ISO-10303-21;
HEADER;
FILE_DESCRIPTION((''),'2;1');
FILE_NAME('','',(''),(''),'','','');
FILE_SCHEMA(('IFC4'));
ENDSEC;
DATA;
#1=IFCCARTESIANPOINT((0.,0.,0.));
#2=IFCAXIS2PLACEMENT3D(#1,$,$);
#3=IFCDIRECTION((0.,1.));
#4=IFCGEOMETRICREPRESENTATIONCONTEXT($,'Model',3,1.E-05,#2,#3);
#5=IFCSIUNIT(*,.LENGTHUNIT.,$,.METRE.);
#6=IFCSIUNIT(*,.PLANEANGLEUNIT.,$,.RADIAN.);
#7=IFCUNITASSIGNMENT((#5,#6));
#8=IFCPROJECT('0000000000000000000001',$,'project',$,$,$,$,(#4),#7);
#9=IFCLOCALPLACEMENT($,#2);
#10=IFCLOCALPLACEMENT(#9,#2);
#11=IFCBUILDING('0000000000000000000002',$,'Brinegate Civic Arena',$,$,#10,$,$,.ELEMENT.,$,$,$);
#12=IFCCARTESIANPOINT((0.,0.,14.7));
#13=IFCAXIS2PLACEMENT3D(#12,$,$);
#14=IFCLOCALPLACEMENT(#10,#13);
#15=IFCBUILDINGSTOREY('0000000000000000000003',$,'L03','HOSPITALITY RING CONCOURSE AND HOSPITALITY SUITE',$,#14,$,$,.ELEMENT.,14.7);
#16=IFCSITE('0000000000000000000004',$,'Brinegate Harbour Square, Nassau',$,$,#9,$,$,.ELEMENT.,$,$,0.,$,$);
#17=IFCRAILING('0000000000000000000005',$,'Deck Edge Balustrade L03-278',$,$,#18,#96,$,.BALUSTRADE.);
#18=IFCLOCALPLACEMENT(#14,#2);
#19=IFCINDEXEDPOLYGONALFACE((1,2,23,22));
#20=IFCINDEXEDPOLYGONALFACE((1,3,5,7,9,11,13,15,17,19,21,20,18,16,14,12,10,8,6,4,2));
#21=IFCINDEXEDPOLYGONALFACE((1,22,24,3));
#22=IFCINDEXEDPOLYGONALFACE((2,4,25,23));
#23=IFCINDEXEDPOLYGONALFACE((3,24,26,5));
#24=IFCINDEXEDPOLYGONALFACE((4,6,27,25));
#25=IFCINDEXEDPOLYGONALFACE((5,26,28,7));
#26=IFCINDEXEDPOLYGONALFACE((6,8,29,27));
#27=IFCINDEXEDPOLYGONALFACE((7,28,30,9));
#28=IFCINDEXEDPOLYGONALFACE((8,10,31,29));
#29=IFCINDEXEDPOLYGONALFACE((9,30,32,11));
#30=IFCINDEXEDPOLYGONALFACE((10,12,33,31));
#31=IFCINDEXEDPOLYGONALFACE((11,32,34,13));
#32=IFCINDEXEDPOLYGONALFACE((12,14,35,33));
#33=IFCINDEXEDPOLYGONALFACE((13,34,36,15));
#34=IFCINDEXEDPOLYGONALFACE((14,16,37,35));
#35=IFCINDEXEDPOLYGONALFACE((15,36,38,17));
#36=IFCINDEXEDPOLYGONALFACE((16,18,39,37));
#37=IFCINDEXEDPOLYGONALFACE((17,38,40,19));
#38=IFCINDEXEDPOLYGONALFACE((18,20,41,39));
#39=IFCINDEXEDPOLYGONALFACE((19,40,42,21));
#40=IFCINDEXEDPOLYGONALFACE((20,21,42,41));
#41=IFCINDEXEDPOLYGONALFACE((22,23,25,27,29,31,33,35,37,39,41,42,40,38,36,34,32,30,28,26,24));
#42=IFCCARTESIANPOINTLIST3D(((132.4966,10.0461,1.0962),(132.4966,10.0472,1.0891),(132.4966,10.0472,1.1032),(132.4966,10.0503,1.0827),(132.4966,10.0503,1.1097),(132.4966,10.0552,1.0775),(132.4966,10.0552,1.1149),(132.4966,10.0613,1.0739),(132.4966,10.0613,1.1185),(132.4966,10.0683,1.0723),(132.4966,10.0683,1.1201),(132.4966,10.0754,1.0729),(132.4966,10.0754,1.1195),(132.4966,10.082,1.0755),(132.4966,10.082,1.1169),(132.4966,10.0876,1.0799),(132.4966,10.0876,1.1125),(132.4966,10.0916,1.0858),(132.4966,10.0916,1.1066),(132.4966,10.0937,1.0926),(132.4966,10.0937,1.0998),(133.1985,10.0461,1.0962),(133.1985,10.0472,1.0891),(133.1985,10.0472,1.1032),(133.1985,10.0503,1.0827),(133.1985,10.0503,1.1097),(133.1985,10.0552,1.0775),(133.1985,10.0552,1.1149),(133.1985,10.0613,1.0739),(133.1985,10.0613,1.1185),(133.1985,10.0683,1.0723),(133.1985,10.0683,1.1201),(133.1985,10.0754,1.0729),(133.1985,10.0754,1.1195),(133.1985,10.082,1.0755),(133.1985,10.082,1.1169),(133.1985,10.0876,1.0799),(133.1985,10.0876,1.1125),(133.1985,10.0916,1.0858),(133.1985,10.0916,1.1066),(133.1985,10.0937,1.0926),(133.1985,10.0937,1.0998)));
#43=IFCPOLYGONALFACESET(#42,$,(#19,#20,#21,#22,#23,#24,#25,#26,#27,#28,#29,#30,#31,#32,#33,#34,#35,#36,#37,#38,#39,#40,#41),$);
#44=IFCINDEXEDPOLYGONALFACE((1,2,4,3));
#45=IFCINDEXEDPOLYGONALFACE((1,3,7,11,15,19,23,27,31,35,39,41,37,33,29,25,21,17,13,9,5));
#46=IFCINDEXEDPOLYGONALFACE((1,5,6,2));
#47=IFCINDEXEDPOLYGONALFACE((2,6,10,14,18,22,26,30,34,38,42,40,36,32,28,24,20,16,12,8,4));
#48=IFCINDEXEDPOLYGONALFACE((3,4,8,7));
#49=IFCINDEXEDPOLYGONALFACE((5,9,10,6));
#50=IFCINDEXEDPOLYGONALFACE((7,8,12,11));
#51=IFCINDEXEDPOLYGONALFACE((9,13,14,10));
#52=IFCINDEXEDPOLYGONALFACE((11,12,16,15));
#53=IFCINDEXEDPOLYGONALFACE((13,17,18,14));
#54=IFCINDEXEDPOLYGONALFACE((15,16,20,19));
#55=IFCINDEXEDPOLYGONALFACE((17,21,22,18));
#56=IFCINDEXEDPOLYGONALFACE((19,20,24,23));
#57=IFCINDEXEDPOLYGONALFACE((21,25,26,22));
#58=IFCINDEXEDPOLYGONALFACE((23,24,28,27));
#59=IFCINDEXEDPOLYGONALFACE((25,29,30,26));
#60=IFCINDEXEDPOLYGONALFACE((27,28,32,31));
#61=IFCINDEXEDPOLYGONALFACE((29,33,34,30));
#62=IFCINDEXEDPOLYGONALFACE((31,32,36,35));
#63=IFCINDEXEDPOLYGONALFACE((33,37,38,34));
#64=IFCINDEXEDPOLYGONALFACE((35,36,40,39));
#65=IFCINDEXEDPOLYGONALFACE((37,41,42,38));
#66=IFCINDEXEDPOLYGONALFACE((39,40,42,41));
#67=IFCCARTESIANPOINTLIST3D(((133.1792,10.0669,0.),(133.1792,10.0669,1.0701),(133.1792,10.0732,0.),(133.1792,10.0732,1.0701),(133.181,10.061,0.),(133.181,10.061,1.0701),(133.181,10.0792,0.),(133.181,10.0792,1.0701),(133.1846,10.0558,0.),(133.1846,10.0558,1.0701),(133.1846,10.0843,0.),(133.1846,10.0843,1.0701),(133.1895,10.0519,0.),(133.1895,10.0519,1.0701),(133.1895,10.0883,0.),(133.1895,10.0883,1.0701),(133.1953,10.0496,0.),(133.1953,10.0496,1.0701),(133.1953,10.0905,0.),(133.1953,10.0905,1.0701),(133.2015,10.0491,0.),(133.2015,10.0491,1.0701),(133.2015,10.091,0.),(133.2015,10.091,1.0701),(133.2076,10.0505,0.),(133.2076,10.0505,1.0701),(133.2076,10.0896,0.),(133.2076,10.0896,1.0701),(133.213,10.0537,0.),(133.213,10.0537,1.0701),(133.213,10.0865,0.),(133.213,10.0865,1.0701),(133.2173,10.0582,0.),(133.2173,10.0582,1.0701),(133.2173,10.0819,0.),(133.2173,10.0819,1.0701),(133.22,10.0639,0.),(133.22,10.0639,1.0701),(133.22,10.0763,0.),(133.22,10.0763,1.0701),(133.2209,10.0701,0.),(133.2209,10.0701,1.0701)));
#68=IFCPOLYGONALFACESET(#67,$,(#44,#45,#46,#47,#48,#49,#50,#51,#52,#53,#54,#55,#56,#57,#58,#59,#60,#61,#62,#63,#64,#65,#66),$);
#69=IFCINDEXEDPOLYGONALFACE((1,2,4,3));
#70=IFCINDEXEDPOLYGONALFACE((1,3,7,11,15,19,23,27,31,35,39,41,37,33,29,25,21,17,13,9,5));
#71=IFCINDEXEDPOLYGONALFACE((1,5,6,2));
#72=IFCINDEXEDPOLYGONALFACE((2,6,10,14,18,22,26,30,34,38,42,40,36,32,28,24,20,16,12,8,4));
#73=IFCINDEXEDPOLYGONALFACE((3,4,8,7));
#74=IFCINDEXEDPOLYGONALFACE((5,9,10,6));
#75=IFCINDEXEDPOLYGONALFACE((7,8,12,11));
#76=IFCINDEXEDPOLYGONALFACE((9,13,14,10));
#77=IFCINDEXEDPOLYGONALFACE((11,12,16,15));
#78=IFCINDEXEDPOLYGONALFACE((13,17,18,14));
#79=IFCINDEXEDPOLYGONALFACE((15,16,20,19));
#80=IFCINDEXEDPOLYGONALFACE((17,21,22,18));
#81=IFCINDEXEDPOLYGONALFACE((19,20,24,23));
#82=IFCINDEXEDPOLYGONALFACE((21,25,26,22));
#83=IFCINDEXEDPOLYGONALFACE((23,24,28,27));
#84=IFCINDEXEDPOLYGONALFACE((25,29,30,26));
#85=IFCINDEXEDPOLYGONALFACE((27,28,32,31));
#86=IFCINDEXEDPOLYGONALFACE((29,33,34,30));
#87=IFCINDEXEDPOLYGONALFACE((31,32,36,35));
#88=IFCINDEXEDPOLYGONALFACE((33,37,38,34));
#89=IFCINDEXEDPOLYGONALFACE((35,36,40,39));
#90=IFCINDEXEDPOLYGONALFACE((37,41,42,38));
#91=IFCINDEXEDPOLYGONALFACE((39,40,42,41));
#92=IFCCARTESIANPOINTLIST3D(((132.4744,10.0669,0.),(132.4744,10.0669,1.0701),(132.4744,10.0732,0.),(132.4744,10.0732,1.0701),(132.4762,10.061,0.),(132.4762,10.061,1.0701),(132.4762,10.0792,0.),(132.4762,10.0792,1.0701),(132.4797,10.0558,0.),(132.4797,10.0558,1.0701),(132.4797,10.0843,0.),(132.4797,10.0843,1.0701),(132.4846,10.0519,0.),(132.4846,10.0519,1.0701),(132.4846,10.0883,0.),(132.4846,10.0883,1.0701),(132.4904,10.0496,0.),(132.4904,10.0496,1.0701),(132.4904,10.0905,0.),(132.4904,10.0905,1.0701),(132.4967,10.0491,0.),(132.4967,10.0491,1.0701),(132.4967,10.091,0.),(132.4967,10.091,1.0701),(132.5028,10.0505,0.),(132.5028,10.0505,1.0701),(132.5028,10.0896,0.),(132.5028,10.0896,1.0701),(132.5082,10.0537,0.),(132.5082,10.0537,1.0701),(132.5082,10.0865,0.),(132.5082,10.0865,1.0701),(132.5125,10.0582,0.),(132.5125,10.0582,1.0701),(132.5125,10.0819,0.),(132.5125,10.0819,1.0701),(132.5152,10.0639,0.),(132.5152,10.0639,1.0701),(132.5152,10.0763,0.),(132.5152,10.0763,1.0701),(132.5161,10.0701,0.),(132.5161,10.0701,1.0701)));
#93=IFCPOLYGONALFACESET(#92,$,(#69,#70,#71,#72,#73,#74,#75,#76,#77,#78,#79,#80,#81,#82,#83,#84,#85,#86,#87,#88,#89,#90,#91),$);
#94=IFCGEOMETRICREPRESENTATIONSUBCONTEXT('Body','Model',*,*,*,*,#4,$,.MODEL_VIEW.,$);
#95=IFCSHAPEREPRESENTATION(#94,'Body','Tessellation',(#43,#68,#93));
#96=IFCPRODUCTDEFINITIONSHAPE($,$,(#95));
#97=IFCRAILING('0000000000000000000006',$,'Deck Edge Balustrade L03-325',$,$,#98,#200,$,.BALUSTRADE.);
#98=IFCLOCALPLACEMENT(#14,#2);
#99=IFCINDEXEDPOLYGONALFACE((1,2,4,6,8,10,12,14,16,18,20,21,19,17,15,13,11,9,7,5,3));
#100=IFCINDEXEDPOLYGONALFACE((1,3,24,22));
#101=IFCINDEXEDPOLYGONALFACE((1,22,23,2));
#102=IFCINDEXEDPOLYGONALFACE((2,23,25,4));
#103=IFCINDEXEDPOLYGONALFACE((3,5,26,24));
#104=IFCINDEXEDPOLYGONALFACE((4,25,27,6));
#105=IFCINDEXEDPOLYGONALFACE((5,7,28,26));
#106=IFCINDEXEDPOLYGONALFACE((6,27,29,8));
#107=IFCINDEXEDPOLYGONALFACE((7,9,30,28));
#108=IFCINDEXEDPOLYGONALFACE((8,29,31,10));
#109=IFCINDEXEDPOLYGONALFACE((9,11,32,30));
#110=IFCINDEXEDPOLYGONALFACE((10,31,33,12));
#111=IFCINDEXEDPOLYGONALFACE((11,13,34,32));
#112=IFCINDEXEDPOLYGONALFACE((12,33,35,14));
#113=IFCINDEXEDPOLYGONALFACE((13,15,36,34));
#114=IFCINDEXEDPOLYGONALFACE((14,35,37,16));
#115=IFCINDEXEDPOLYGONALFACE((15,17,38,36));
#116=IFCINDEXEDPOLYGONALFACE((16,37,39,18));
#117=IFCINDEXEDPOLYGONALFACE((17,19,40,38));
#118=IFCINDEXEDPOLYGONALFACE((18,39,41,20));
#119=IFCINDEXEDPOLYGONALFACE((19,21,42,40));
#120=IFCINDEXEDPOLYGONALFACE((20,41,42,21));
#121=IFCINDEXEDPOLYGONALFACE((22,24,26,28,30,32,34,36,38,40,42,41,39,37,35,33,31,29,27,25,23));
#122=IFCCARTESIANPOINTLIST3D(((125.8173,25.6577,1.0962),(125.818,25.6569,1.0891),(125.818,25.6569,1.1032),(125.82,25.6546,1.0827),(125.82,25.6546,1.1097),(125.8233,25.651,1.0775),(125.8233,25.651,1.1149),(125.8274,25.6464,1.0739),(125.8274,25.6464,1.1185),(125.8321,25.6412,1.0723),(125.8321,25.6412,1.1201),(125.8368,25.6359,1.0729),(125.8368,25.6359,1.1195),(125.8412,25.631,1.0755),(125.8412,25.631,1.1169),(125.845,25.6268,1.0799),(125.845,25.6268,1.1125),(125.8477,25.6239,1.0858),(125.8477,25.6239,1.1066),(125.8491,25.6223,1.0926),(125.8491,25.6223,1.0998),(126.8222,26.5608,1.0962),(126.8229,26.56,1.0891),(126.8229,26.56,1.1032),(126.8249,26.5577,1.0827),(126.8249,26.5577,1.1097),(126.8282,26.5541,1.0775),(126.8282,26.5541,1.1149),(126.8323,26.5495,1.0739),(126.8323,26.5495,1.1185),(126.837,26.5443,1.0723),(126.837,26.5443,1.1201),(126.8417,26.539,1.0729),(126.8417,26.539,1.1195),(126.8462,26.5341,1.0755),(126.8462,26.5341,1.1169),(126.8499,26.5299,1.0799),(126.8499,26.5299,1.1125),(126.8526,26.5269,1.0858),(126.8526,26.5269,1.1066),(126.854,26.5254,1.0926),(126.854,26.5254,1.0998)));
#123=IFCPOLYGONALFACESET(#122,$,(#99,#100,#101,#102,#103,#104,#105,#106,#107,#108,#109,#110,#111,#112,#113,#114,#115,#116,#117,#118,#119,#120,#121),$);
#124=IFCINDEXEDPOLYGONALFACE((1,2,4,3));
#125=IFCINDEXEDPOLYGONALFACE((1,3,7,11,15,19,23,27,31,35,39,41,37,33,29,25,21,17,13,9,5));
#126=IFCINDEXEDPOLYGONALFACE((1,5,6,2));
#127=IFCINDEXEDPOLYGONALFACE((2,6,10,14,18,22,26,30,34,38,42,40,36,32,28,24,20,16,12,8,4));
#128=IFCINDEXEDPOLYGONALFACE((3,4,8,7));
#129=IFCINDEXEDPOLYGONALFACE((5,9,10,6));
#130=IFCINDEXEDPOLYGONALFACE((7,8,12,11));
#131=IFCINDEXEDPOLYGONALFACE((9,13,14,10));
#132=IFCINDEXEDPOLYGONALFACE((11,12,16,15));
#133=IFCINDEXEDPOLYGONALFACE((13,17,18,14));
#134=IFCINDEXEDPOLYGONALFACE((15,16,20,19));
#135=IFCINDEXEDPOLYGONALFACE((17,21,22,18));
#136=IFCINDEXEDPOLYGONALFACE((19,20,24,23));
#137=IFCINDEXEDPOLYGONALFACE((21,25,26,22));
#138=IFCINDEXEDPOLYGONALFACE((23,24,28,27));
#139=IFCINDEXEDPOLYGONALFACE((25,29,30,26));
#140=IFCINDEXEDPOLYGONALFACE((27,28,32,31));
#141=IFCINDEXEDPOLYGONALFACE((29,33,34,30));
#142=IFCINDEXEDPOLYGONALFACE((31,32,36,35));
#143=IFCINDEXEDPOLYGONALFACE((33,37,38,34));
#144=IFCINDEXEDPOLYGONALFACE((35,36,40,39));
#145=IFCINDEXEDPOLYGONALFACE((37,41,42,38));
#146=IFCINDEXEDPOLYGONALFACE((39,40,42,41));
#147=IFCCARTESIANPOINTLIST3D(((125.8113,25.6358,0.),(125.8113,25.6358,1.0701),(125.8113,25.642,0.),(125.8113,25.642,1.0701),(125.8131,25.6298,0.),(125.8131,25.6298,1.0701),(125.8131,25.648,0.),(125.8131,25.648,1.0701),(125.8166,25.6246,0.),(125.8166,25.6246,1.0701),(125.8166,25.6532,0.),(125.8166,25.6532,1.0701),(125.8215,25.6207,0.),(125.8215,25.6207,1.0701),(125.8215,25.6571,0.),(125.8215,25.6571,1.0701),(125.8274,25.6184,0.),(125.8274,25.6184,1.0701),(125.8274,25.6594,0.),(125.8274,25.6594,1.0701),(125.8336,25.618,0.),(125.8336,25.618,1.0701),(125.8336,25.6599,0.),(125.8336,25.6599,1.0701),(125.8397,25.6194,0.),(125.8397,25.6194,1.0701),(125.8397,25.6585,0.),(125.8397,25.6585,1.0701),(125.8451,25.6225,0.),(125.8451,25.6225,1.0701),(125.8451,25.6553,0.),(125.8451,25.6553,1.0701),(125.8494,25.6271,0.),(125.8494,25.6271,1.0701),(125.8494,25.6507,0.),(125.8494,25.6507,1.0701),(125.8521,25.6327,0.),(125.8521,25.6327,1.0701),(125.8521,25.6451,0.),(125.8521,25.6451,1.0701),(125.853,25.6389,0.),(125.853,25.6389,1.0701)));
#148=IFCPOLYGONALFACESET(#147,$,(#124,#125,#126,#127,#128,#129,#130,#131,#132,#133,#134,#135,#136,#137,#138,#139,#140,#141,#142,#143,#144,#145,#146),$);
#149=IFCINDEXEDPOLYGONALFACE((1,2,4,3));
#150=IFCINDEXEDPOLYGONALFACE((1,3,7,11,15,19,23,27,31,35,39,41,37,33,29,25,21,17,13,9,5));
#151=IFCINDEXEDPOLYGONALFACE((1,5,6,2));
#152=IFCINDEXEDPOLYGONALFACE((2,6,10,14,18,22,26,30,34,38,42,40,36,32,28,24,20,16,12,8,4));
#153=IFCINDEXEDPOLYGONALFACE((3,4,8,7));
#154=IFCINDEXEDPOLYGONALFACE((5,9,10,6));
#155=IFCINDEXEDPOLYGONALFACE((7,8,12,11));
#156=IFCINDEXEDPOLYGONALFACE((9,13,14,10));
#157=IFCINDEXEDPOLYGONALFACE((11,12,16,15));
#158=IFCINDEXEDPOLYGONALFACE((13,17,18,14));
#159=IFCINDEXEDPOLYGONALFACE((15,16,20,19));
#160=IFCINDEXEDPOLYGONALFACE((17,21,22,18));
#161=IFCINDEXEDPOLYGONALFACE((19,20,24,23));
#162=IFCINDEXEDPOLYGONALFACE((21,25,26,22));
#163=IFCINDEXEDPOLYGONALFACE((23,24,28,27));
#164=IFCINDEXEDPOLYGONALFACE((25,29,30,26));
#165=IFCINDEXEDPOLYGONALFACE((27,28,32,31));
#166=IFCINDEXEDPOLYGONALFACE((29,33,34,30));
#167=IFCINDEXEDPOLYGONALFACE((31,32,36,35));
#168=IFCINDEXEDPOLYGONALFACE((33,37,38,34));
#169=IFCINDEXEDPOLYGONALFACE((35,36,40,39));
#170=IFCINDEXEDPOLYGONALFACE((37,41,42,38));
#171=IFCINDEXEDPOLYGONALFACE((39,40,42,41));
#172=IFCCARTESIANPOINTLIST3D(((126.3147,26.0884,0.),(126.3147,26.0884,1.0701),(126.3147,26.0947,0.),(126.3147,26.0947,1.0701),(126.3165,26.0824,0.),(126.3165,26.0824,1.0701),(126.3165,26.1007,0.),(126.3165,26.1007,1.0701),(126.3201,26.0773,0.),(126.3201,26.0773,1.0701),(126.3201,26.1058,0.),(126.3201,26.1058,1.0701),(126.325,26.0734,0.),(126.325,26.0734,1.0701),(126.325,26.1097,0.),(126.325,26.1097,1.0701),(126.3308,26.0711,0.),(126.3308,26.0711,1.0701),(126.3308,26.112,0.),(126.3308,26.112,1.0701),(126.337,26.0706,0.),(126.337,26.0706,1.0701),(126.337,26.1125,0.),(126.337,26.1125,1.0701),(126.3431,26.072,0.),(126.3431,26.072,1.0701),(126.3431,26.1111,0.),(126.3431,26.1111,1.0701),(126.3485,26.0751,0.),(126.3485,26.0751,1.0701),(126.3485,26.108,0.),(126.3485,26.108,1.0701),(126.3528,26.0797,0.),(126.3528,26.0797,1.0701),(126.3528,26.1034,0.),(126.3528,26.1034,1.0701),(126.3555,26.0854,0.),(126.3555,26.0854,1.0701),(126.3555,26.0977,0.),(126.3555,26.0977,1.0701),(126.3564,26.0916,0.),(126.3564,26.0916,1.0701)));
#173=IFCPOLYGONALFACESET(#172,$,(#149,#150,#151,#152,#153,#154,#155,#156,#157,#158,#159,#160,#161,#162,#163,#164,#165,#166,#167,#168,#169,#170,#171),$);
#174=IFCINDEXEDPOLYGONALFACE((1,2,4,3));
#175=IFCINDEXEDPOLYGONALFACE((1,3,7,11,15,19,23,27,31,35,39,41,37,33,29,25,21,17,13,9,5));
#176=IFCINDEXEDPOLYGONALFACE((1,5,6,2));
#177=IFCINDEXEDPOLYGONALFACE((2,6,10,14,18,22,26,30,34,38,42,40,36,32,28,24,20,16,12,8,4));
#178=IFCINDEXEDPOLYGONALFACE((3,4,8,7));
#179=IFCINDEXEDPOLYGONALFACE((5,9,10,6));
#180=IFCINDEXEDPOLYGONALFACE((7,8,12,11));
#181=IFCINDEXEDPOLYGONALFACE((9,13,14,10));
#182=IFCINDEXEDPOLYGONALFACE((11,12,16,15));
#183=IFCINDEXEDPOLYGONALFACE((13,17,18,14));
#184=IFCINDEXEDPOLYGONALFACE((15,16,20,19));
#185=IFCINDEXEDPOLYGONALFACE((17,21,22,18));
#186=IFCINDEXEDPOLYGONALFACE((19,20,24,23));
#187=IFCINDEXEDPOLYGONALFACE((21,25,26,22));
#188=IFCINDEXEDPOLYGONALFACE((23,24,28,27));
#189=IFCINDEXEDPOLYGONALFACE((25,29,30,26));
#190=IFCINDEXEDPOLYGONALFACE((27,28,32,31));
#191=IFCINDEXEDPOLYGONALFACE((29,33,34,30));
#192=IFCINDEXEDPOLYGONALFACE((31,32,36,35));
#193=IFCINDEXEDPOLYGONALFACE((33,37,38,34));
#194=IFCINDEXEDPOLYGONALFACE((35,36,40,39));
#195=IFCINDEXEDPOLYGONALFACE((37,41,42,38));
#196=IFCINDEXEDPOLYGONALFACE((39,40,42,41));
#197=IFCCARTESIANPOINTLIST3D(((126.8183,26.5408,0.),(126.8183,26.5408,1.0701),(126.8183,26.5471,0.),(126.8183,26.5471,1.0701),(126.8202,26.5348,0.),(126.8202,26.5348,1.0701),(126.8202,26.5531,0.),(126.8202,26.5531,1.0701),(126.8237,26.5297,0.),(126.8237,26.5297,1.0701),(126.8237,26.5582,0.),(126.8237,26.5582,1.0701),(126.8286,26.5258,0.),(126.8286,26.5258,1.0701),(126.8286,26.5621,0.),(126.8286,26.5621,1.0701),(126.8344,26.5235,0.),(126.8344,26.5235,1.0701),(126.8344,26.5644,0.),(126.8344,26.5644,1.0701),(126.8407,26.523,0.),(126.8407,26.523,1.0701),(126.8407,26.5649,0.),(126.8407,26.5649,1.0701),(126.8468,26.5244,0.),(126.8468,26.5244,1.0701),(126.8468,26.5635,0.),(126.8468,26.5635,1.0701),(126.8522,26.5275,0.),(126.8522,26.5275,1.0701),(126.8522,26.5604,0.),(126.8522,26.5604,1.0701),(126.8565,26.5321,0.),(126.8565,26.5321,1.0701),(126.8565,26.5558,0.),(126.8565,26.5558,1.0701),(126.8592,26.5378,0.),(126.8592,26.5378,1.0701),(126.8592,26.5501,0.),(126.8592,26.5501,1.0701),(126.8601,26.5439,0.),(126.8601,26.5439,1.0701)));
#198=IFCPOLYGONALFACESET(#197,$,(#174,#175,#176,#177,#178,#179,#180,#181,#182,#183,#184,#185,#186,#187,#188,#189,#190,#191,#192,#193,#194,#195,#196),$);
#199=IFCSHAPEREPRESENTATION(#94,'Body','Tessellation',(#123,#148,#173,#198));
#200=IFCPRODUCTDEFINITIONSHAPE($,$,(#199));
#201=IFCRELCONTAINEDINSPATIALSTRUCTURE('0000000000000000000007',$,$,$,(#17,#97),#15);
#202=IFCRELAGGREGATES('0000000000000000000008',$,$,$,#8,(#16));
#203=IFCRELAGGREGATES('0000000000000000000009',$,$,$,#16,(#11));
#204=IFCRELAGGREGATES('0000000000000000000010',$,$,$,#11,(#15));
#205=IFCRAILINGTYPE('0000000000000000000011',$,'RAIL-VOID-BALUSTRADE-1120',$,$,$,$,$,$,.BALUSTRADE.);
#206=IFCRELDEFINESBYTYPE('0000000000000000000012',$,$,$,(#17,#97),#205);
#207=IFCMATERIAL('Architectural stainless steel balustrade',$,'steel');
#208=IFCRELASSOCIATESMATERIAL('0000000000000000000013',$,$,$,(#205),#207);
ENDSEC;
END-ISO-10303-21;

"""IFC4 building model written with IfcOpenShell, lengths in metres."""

from ifc_helpers import new_model, si_unit, direction, frame, origin, origin_2d, place, context, subcontext, project, spatial, circle, extrude, material, type_object, element, save


model = new_model("IFC4")

# Units and contexts
model_context = context("Model", 3, precision=1e-05, world=origin(), true_north=direction((0.0, 1.0)))
body_context = subcontext(model_context, "Body", "Model", "MODEL_VIEW")
ifc_project = project(units=[si_unit("LENGTHUNIT", "METRE"), si_unit("PLANEANGLEUNIT", "RADIAN")], contexts=[model_context])

# Site, building, storey
site_placement = place(None, origin())
site = spatial("IfcSite", under=ifc_project, at=site_placement, Name="Brinegate Harbour Square, Nassau", CompositionType="ELEMENT", RefElevation=0.0)
building_placement = place(site_placement, origin())
building = spatial("IfcBuilding", under=site, at=building_placement, Name="Brinegate Civic Arena", CompositionType="ELEMENT")
storey_placement = place(building_placement, frame((0.0, 0.0, 14.7)))
storey = spatial("IfcBuildingStorey", under=building, at=storey_placement, Name="L03", Description="HOSPITALITY RING CONCOURSE AND HOSPITALITY SUITE", CompositionType="ELEMENT", Elevation=14.7)

# Railings
ifc_material_1 = material(Name="Architectural stainless steel balustrade", Category="steel")
railing_type_1 = type_object("IfcRailingType", Name="RAIL-VOID-BALUSTRADE-1120", PredefinedType="BALUSTRADE", material=ifc_material_1)
railing_1_placement = place(storey_placement, frame((133.2, 10.0701, 0.0)))
element("IfcRailing", 1, at=railing_1_placement, inside=storey, type_object=railing_type_1, Name="Deck Edge Balustrade L03-278", PredefinedType="BALUSTRADE", context=body_context, shape_type="SweptSolid", body=[
    extrude(circle(Radius=0.0239, at=origin_2d()), frame((-0.0015, 0.0, 1.0962), z_axis=(-1.0, 0.0, 0.0), x_axis=(0.0, -1.0, 0.0)), (0.0, 0.0, 1.0), 0.7019),
    extrude(circle(Radius=0.021, at=origin_2d()), origin(), (0.0, 0.0, 1.0), 1.0701),
    extrude(circle(Radius=0.021, at=origin_2d()), frame((-0.7048, 0.0, 0.0)), (0.0, 0.0, 1.0), 1.0701),
])
railing_2_placement = place(storey_placement, frame((125.832, 25.6389, 0.0)))
element("IfcRailing", 2, at=railing_2_placement, inside=storey, type_object=railing_type_1, Name="Deck Edge Balustrade L03-325", PredefinedType="BALUSTRADE", context=body_context, shape_type="SweptSolid", body=[
    extrude(circle(Radius=0.0239, at=origin_2d()), frame((0.0012, 0.001, 1.0962), z_axis=(0.743787, 0.668417, 0.0), x_axis=(-0.668417, 0.743787, 0.0)), (0.0, 0.0, 1.0), 1.3511),
    extrude(circle(Radius=0.021, at=origin_2d()), origin(), (0.0, 0.0, 1.0), 1.0701),
    extrude(circle(Radius=0.021, at=origin_2d()), frame((0.5034, 0.4526, 0.0)), (0.0, 0.0, 1.0), 1.0701),
    extrude(circle(Radius=0.021, at=origin_2d()), frame((1.0071, 0.905, 0.0)), (0.0, 0.0, 1.0), 1.0701),
])

save(model, "model.ifc")
